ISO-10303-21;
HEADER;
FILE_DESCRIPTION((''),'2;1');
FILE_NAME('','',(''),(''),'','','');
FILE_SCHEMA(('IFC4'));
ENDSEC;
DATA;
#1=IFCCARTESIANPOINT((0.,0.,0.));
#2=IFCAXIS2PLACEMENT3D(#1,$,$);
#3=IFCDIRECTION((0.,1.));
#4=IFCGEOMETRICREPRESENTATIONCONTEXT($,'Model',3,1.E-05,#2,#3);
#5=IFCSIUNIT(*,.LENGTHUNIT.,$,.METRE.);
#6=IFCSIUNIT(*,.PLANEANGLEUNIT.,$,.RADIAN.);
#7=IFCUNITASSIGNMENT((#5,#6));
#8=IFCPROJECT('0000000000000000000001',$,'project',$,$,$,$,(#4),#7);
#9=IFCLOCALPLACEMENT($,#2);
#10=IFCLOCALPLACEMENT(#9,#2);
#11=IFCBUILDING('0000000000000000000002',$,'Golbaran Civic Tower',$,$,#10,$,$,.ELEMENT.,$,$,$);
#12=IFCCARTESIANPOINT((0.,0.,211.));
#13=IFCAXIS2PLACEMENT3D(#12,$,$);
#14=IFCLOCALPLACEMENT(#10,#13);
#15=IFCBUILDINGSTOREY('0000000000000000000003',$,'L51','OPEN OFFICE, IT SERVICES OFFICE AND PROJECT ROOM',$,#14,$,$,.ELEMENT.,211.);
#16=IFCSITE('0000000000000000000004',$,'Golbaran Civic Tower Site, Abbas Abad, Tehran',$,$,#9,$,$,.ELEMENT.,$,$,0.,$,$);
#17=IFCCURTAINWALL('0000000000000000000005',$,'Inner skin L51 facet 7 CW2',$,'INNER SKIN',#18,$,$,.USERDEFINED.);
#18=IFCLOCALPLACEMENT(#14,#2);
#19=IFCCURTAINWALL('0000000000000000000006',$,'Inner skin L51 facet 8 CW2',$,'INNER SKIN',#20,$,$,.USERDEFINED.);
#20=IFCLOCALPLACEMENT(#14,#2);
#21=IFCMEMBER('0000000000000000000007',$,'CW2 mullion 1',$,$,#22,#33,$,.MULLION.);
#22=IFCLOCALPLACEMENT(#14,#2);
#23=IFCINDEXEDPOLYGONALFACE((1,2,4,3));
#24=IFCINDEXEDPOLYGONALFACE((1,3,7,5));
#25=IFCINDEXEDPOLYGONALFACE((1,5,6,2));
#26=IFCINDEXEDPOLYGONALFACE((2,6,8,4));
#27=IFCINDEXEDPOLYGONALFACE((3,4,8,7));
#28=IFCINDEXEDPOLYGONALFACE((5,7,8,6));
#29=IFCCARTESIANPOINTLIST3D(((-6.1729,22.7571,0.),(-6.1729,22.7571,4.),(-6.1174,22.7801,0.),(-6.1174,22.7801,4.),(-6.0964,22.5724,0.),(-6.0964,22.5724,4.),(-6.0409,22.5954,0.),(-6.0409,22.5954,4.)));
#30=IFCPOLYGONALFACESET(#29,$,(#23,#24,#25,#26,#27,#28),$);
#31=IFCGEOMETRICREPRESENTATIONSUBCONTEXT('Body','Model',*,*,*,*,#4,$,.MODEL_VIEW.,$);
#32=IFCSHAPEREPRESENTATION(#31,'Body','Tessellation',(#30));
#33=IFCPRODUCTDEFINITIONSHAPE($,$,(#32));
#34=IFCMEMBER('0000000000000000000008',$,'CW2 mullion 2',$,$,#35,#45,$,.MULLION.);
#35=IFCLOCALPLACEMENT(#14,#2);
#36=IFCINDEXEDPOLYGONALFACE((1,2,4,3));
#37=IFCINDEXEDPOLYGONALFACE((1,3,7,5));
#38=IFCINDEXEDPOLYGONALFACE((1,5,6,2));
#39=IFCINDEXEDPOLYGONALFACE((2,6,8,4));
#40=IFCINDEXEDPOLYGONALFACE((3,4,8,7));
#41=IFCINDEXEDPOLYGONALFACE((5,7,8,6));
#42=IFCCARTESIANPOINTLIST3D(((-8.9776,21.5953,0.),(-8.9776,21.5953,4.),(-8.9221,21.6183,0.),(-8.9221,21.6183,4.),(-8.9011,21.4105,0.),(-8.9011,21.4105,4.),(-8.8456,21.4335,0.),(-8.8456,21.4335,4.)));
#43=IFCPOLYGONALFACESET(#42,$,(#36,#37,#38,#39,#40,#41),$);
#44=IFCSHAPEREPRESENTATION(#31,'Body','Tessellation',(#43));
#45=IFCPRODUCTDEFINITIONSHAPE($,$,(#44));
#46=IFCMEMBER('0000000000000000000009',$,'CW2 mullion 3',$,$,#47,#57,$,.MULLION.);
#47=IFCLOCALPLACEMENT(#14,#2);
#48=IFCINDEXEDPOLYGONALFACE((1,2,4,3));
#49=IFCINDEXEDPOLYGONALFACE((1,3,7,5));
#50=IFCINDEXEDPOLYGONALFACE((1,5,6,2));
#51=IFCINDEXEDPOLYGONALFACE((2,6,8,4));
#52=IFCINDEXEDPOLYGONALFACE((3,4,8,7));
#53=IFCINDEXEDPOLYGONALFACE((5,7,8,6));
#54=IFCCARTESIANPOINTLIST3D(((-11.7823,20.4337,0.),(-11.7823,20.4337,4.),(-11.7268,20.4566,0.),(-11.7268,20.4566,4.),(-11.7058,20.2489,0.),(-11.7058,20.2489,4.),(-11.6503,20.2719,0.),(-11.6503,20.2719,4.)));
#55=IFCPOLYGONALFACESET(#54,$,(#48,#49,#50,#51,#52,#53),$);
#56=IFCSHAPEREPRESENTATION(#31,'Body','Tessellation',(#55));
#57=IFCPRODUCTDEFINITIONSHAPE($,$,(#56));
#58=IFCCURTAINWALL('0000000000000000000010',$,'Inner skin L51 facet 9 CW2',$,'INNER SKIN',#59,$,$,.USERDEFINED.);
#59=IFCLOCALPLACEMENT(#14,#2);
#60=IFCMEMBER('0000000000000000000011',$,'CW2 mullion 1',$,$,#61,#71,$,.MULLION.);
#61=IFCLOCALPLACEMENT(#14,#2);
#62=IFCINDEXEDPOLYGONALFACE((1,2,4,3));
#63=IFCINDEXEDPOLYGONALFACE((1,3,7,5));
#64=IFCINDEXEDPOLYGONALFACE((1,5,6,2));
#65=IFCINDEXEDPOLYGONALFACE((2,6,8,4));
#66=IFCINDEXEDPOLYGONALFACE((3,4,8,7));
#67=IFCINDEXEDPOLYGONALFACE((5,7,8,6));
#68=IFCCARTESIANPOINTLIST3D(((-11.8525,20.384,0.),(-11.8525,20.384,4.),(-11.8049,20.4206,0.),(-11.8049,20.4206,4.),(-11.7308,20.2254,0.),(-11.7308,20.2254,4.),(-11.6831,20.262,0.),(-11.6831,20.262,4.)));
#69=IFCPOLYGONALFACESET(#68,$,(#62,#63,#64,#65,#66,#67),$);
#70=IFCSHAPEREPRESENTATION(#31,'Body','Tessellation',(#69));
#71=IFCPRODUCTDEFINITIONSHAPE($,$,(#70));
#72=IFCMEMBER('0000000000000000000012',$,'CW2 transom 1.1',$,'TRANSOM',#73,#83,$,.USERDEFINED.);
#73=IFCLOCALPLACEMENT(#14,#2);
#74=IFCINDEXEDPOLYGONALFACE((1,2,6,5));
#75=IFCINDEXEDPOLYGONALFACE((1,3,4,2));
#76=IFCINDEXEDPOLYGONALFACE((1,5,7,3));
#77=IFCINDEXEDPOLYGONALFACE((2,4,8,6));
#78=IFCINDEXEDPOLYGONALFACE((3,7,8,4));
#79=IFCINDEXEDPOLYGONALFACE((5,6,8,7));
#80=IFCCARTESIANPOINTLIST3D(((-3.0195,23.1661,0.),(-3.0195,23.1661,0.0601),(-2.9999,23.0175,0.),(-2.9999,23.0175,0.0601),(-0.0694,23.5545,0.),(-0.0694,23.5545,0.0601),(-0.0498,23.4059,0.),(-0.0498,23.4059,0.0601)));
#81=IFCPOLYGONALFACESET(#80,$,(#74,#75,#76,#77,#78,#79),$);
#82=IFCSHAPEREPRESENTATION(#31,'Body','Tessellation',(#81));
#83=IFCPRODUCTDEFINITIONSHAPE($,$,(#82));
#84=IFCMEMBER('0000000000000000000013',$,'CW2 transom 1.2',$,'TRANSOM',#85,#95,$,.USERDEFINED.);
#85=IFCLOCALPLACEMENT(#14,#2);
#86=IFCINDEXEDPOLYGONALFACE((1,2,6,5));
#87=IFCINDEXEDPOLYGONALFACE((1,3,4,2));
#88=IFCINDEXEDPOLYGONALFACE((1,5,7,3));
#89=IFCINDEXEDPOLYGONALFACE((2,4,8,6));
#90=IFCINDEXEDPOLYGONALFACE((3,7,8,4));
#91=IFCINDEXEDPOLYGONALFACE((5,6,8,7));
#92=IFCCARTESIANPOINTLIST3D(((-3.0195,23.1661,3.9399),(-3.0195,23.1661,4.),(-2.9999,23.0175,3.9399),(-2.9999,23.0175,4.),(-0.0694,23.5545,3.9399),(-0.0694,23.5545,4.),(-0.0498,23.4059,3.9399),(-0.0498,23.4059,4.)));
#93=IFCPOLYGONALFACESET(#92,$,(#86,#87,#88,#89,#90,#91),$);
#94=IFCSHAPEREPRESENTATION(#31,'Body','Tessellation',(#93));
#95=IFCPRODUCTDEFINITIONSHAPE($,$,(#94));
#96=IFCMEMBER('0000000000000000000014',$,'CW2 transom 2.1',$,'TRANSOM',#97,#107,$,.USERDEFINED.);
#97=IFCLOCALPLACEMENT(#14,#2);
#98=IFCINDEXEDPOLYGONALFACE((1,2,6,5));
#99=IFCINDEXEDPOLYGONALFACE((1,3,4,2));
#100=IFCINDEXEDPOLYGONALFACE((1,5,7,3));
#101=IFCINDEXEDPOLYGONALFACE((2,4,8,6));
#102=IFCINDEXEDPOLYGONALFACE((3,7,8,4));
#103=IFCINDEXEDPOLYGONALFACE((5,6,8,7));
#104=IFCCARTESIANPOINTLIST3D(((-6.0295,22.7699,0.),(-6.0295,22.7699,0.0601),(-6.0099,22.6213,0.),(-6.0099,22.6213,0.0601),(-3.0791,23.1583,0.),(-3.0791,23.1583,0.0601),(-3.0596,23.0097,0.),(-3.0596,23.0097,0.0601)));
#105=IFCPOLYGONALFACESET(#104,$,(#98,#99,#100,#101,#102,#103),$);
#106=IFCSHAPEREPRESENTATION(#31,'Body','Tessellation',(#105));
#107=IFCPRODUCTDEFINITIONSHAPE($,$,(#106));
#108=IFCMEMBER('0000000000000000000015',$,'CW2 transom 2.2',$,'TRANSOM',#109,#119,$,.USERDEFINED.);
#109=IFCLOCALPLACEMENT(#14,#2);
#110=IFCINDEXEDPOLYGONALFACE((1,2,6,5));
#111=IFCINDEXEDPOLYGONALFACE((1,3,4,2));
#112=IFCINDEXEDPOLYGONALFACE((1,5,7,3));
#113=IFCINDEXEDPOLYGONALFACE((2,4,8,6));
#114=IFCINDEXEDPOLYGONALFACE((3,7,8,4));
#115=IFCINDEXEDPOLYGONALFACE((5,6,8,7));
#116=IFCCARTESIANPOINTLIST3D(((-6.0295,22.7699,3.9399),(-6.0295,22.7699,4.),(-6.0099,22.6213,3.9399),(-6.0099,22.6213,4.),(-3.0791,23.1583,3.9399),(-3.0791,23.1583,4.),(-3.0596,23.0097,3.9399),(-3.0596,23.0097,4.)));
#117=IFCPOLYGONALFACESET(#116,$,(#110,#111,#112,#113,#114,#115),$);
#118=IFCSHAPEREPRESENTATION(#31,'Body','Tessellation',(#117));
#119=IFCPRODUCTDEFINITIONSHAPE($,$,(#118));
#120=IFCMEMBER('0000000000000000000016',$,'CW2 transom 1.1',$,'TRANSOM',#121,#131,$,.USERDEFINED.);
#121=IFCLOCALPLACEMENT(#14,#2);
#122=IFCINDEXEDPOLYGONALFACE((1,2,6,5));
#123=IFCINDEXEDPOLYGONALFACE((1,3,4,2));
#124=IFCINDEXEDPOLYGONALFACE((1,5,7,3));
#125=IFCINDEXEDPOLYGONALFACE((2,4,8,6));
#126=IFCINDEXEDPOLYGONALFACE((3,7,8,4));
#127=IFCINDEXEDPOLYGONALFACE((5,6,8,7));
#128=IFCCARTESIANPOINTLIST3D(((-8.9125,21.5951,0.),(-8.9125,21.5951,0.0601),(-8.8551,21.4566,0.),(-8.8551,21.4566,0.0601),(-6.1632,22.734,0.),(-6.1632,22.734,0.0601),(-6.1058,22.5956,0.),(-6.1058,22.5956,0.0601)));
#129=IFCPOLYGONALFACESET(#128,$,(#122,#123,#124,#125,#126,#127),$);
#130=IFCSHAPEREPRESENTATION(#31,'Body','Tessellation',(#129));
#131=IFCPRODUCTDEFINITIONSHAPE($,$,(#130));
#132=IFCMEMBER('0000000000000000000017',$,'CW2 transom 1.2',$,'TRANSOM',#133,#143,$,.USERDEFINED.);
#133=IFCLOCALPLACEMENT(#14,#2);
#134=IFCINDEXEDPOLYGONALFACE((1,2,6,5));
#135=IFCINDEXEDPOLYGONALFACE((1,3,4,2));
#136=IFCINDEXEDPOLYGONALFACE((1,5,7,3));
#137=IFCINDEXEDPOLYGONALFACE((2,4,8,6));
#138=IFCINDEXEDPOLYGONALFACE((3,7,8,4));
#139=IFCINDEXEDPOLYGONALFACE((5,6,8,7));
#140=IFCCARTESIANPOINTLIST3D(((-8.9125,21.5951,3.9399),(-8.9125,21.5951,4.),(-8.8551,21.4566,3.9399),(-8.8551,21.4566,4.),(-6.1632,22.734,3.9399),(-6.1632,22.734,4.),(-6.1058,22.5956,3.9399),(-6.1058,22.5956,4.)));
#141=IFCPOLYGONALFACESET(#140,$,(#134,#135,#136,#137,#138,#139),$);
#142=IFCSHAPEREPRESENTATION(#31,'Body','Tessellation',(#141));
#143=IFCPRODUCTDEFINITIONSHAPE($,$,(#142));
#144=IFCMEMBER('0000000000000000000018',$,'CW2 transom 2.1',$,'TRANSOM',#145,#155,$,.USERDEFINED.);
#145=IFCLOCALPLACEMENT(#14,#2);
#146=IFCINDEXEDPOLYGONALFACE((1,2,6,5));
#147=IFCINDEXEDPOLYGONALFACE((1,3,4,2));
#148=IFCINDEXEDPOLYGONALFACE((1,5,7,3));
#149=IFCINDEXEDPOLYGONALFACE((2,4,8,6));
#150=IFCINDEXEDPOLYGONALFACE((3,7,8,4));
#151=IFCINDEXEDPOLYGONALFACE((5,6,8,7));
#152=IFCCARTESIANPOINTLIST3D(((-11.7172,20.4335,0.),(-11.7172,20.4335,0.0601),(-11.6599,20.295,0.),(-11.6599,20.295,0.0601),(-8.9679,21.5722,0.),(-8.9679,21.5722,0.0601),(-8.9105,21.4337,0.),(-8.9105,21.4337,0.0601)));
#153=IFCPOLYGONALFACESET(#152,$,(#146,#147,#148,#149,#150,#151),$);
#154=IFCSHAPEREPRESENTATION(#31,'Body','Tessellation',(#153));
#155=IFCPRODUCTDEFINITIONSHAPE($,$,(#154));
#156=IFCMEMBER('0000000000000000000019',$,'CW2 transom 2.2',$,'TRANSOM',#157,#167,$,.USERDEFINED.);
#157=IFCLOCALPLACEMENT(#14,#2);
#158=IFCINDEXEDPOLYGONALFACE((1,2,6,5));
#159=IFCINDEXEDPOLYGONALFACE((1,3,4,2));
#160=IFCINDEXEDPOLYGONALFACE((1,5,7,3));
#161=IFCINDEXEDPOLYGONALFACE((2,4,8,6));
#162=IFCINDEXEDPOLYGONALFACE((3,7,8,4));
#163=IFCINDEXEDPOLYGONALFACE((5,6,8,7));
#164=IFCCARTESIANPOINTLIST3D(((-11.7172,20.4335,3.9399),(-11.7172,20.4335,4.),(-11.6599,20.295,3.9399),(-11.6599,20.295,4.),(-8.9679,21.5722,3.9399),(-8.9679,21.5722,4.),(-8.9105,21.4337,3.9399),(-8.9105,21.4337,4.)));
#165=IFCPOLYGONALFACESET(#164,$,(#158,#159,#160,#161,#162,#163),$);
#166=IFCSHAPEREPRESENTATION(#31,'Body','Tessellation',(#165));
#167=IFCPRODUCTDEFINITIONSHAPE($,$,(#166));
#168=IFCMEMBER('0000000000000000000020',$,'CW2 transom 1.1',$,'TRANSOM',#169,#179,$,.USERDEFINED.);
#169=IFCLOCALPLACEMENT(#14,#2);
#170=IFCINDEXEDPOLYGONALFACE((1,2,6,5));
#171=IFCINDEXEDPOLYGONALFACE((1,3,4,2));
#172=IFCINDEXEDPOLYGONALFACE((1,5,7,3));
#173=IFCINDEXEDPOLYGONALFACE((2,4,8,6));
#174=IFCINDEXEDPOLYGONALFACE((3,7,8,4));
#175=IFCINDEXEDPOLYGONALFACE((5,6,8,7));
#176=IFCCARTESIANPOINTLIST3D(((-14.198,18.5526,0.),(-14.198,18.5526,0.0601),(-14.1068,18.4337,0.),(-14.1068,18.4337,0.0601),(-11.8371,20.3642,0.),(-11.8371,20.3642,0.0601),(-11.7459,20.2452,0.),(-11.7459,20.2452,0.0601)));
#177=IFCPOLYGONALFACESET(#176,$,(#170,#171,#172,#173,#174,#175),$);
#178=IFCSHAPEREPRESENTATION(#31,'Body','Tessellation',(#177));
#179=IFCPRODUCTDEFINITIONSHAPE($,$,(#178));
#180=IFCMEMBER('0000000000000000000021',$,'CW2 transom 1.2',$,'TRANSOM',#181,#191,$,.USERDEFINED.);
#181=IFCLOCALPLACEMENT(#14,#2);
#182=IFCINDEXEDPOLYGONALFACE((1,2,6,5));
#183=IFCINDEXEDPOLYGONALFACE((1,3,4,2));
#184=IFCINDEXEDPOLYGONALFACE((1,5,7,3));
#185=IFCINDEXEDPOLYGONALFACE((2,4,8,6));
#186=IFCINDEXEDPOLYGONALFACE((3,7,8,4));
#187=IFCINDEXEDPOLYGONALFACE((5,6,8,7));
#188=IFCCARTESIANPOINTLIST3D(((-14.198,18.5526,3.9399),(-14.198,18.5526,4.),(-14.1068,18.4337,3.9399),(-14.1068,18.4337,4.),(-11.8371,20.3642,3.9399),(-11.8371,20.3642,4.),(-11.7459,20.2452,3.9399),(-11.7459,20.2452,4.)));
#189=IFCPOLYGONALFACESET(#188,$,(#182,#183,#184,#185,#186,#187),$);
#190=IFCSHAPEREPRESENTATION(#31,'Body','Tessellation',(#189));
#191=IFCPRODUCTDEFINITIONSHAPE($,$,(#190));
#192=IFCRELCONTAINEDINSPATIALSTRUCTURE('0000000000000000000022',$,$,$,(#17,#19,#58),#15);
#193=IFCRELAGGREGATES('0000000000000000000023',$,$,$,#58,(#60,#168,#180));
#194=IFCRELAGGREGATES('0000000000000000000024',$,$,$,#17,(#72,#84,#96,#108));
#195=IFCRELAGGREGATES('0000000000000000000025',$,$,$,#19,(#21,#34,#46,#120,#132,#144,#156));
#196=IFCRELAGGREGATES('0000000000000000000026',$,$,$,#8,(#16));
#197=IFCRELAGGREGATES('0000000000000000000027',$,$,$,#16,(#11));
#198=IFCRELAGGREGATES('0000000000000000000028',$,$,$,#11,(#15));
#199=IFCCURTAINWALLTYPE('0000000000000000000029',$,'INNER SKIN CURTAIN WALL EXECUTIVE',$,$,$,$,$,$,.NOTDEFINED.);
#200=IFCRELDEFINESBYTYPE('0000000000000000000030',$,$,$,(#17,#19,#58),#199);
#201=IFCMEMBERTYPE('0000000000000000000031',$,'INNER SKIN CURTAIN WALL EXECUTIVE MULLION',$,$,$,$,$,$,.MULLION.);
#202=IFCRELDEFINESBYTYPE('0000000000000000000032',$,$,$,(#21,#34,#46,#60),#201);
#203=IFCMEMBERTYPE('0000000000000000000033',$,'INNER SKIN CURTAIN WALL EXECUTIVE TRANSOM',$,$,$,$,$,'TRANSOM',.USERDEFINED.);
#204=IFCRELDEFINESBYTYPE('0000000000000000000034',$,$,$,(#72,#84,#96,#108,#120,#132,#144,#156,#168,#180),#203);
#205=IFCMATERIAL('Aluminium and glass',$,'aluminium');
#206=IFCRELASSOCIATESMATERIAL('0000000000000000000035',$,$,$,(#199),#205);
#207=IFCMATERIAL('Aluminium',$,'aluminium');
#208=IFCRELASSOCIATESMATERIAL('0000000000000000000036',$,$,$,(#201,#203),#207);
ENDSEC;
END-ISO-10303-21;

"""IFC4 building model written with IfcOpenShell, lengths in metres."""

from ifc_helpers import new_model, si_unit, direction, frame, origin, origin_2d, place, context, subcontext, project, spatial, rectangle, extrude, material, material_profile, profile_set, type_object, element, aggregate, save


model = new_model("IFC4")

# Units and contexts
model_context = context("Model", 3, precision=1e-05, world=origin(), true_north=direction((0.0, 1.0)))
body_context = subcontext(model_context, "Body", "Model", "MODEL_VIEW")
ifc_project = project(units=[si_unit("LENGTHUNIT", "METRE"), si_unit("PLANEANGLEUNIT", "RADIAN")], contexts=[model_context])

# Site, building, storey
site_placement = place(None, origin())
site = spatial("IfcSite", under=ifc_project, at=site_placement, Name="Golbaran Civic Tower Site, Abbas Abad, Tehran", CompositionType="ELEMENT", RefElevation=0.0)
building_placement = place(site_placement, origin())
building = spatial("IfcBuilding", under=site, at=building_placement, Name="Golbaran Civic Tower", CompositionType="ELEMENT")
storey_placement = place(building_placement, frame((0.0, 0.0, 211.0)))
storey = spatial("IfcBuildingStorey", under=building, at=storey_placement, Name="L51", Description="OPEN OFFICE, IT SERVICES OFFICE AND PROJECT ROOM", CompositionType="ELEMENT", Elevation=211.0)

# Curtain walls, members
ifc_material_1 = material(Name="Aluminium and glass", Category="aluminium")
curtain_wall_type = type_object("IfcCurtainWallType", Name="INNER SKIN CURTAIN WALL EXECUTIVE", PredefinedType="NOTDEFINED", material=ifc_material_1)
curtain_wall_1_placement = place(storey_placement, origin())
curtain_wall_1 = element("IfcCurtainWall", 1, at=curtain_wall_1_placement, inside=storey, type_object=curtain_wall_type, Name="Inner skin L51 facet 7 CW2", ObjectType="INNER SKIN", PredefinedType="USERDEFINED")
ifc_material_2 = material(Name="Aluminium", Category="aluminium")
ifc_material_profile_1 = material_profile(ifc_material_2, rectangle(XDim=0.2, YDim=0.0601, at=origin_2d()), Name="INNER SKIN CURTAIN WALL EXECUTIVE MULLION")
ifc_profile_set_1 = profile_set([ifc_material_profile_1], Name="Aluminium")
member_type_1 = type_object("IfcMemberType", Name="INNER SKIN CURTAIN WALL EXECUTIVE MULLION", PredefinedType="MULLION", material=ifc_profile_set_1)
curtain_wall_2_placement = place(storey_placement, origin())
curtain_wall_2 = element("IfcCurtainWall", 2, at=curtain_wall_2_placement, inside=storey, type_object=curtain_wall_type, Name="Inner skin L51 facet 8 CW2", ObjectType="INNER SKIN", PredefinedType="USERDEFINED")
member_1_placement = place(storey_placement, frame((-6.1069, 22.6763, 0.0), z_axis=(0.0, 0.0, 1.0), x_axis=(0.382683, -0.92388, 0.0)))
member_1 = element("IfcMember", 3, at=member_1_placement, type_object=member_type_1, Name="CW2 mullion 1", PredefinedType="MULLION", context=body_context, shape_type="SweptSolid", body=[
    extrude(rectangle(XDim=0.2, YDim=0.0601, at=origin_2d()), origin(), (0.0, 0.0, 1.0), 4.0),
])
member_2_placement = place(storey_placement, frame((-8.9116, 21.5144, 0.0), z_axis=(0.0, 0.0, 1.0), x_axis=(0.382683, -0.92388, 0.0)))
member_2 = element("IfcMember", 4, at=member_2_placement, type_object=member_type_1, Name="CW2 mullion 2", PredefinedType="MULLION", context=body_context, shape_type="SweptSolid", body=[
    extrude(rectangle(XDim=0.2, YDim=0.0601, at=origin_2d()), origin(), (0.0, 0.0, 1.0), 4.0),
])
member_3_placement = place(storey_placement, frame((-11.7163, 20.3528, 0.0), z_axis=(0.0, 0.0, 1.0), x_axis=(0.382683, -0.92388, 0.0)))
member_3 = element("IfcMember", 5, at=member_3_placement, type_object=member_type_1, Name="CW2 mullion 3", PredefinedType="MULLION", context=body_context, shape_type="SweptSolid", body=[
    extrude(rectangle(XDim=0.2, YDim=0.0601, at=origin_2d()), origin(), (0.0, 0.0, 1.0), 4.0),
])

# Curtain wall, member
curtain_wall_3_placement = place(storey_placement, origin())
curtain_wall_3 = element("IfcCurtainWall", 6, at=curtain_wall_3_placement, inside=storey, type_object=curtain_wall_type, Name="Inner skin L51 facet 9 CW2", ObjectType="INNER SKIN", PredefinedType="USERDEFINED")
member_4_placement = place(storey_placement, frame((-11.7678, 20.323, 0.0), z_axis=(0.0, 0.0, 1.0), x_axis=(0.608761, -0.793353, 0.0)))
member_4 = element("IfcMember", 7, at=member_4_placement, type_object=member_type_1, Name="CW2 mullion 1", PredefinedType="MULLION", context=body_context, shape_type="SweptSolid", body=[
    extrude(rectangle(XDim=0.2, YDim=0.0601, at=origin_2d()), origin(), (0.0, 0.0, 1.0), 4.0),
])

# Members
ifc_material_profile_2 = material_profile(ifc_material_2, rectangle(XDim=0.1499, YDim=0.0601, at=origin_2d()), Name="INNER SKIN CURTAIN WALL EXECUTIVE TRANSOM")
ifc_profile_set_2 = profile_set([ifc_material_profile_2], Name="Aluminium")
member_type_2 = type_object("IfcMemberType", Name="INNER SKIN CURTAIN WALL EXECUTIVE TRANSOM", ElementType="TRANSOM", PredefinedType="USERDEFINED", material=ifc_profile_set_2)
member_5_placement = place(storey_placement, frame((-0.0596, 23.4802, 0.03), z_axis=(-0.991444, -0.130535, 0.0), x_axis=(0.130535, -0.991444, 0.0)))
member_5 = element("IfcMember", 8, at=member_5_placement, type_object=member_type_2, Name="CW2 transom 1.1", ObjectType="TRANSOM", PredefinedType="USERDEFINED", context=body_context, shape_type="SweptSolid", body=[
    extrude(rectangle(XDim=0.1499, YDim=0.0601, at=origin_2d()), origin(), (0.0, 0.0, 1.0), 2.9756),
])
member_6_placement = place(storey_placement, frame((-0.0596, 23.4802, 3.97), z_axis=(-0.991444, -0.130535, 0.0), x_axis=(0.130535, -0.991444, 0.0)))
member_6 = element("IfcMember", 9, at=member_6_placement, type_object=member_type_2, Name="CW2 transom 1.2", ObjectType="TRANSOM", PredefinedType="USERDEFINED", context=body_context, shape_type="SweptSolid", body=[
    extrude(rectangle(XDim=0.1499, YDim=0.0601, at=origin_2d()), origin(), (0.0, 0.0, 1.0), 2.9756),
])
member_7_placement = place(storey_placement, frame((-3.0693, 23.084, 0.03), z_axis=(-0.991445, -0.130525, 0.0), x_axis=(0.130525, -0.991445, 0.0)))
member_7 = element("IfcMember", 10, at=member_7_placement, type_object=member_type_2, Name="CW2 transom 2.1", ObjectType="TRANSOM", PredefinedType="USERDEFINED", context=body_context, shape_type="SweptSolid", body=[
    extrude(rectangle(XDim=0.1499, YDim=0.0601, at=origin_2d()), origin(), (0.0, 0.0, 1.0), 2.9758),
])
member_8_placement = place(storey_placement, frame((-3.0693, 23.084, 3.97), z_axis=(-0.991445, -0.130525, 0.0), x_axis=(0.130525, -0.991445, 0.0)))
member_8 = element("IfcMember", 11, at=member_8_placement, type_object=member_type_2, Name="CW2 transom 2.2", ObjectType="TRANSOM", PredefinedType="USERDEFINED", context=body_context, shape_type="SweptSolid", body=[
    extrude(rectangle(XDim=0.1499, YDim=0.0601, at=origin_2d()), origin(), (0.0, 0.0, 1.0), 2.9758),
])
member_9_placement = place(storey_placement, frame((-6.1345, 22.6648, 0.03), z_axis=(-0.923864, -0.382721, 0.0), x_axis=(0.382721, -0.923864, 0.0)))
member_9 = element("IfcMember", 12, at=member_9_placement, type_object=member_type_2, Name="CW2 transom 1.1", ObjectType="TRANSOM", PredefinedType="USERDEFINED", context=body_context, shape_type="SweptSolid", body=[
    extrude(rectangle(XDim=0.1499, YDim=0.0601, at=origin_2d()), origin(), (0.0, 0.0, 1.0), 2.9758),
])
member_10_placement = place(storey_placement, frame((-6.1345, 22.6648, 3.97), z_axis=(-0.923864, -0.382721, 0.0), x_axis=(0.382721, -0.923864, 0.0)))
member_10 = element("IfcMember", 13, at=member_10_placement, type_object=member_type_2, Name="CW2 transom 1.2", ObjectType="TRANSOM", PredefinedType="USERDEFINED", context=body_context, shape_type="SweptSolid", body=[
    extrude(rectangle(XDim=0.1499, YDim=0.0601, at=origin_2d()), origin(), (0.0, 0.0, 1.0), 2.9758),
])
member_11_placement = place(storey_placement, frame((-8.9392, 21.5029, 0.03), z_axis=(-0.923893, -0.382651, 0.0), x_axis=(0.382651, -0.923893, 0.0)))
member_11 = element("IfcMember", 14, at=member_11_placement, type_object=member_type_2, Name="CW2 transom 2.1", ObjectType="TRANSOM", PredefinedType="USERDEFINED", context=body_context, shape_type="SweptSolid", body=[
    extrude(rectangle(XDim=0.1499, YDim=0.0601, at=origin_2d()), origin(), (0.0, 0.0, 1.0), 2.9758),
])
member_12_placement = place(storey_placement, frame((-8.9392, 21.5029, 3.97), z_axis=(-0.923893, -0.382651, 0.0), x_axis=(0.382651, -0.923893, 0.0)))
member_12 = element("IfcMember", 15, at=member_12_placement, type_object=member_type_2, Name="CW2 transom 2.2", ObjectType="TRANSOM", PredefinedType="USERDEFINED", context=body_context, shape_type="SweptSolid", body=[
    extrude(rectangle(XDim=0.1499, YDim=0.0601, at=origin_2d()), origin(), (0.0, 0.0, 1.0), 2.9758),
])
member_13_placement = place(storey_placement, frame((-11.7915, 20.3047, 0.03), z_axis=(-0.793355, -0.608759, 0.0), x_axis=(0.608759, -0.793355, 0.0)))
member_13 = element("IfcMember", 16, at=member_13_placement, type_object=member_type_2, Name="CW2 transom 1.1", ObjectType="TRANSOM", PredefinedType="USERDEFINED", context=body_context, shape_type="SweptSolid", body=[
    extrude(rectangle(XDim=0.1499, YDim=0.0601, at=origin_2d()), origin(), (0.0, 0.0, 1.0), 2.9758),
])
member_14_placement = place(storey_placement, frame((-11.7915, 20.3047, 3.97), z_axis=(-0.793355, -0.608759, 0.0), x_axis=(0.608759, -0.793355, 0.0)))
member_14 = element("IfcMember", 17, at=member_14_placement, type_object=member_type_2, Name="CW2 transom 1.2", ObjectType="TRANSOM", PredefinedType="USERDEFINED", context=body_context, shape_type="SweptSolid", body=[
    extrude(rectangle(XDim=0.1499, YDim=0.0601, at=origin_2d()), origin(), (0.0, 0.0, 1.0), 2.9758),
])
aggregate(curtain_wall_3, [member_4, member_13, member_14])

aggregate(curtain_wall_1, [member_5, member_6, member_7, member_8])
aggregate(curtain_wall_2, [member_1, member_2, member_3, member_9, member_10, member_11, member_12])

save(model, "model.ifc")
